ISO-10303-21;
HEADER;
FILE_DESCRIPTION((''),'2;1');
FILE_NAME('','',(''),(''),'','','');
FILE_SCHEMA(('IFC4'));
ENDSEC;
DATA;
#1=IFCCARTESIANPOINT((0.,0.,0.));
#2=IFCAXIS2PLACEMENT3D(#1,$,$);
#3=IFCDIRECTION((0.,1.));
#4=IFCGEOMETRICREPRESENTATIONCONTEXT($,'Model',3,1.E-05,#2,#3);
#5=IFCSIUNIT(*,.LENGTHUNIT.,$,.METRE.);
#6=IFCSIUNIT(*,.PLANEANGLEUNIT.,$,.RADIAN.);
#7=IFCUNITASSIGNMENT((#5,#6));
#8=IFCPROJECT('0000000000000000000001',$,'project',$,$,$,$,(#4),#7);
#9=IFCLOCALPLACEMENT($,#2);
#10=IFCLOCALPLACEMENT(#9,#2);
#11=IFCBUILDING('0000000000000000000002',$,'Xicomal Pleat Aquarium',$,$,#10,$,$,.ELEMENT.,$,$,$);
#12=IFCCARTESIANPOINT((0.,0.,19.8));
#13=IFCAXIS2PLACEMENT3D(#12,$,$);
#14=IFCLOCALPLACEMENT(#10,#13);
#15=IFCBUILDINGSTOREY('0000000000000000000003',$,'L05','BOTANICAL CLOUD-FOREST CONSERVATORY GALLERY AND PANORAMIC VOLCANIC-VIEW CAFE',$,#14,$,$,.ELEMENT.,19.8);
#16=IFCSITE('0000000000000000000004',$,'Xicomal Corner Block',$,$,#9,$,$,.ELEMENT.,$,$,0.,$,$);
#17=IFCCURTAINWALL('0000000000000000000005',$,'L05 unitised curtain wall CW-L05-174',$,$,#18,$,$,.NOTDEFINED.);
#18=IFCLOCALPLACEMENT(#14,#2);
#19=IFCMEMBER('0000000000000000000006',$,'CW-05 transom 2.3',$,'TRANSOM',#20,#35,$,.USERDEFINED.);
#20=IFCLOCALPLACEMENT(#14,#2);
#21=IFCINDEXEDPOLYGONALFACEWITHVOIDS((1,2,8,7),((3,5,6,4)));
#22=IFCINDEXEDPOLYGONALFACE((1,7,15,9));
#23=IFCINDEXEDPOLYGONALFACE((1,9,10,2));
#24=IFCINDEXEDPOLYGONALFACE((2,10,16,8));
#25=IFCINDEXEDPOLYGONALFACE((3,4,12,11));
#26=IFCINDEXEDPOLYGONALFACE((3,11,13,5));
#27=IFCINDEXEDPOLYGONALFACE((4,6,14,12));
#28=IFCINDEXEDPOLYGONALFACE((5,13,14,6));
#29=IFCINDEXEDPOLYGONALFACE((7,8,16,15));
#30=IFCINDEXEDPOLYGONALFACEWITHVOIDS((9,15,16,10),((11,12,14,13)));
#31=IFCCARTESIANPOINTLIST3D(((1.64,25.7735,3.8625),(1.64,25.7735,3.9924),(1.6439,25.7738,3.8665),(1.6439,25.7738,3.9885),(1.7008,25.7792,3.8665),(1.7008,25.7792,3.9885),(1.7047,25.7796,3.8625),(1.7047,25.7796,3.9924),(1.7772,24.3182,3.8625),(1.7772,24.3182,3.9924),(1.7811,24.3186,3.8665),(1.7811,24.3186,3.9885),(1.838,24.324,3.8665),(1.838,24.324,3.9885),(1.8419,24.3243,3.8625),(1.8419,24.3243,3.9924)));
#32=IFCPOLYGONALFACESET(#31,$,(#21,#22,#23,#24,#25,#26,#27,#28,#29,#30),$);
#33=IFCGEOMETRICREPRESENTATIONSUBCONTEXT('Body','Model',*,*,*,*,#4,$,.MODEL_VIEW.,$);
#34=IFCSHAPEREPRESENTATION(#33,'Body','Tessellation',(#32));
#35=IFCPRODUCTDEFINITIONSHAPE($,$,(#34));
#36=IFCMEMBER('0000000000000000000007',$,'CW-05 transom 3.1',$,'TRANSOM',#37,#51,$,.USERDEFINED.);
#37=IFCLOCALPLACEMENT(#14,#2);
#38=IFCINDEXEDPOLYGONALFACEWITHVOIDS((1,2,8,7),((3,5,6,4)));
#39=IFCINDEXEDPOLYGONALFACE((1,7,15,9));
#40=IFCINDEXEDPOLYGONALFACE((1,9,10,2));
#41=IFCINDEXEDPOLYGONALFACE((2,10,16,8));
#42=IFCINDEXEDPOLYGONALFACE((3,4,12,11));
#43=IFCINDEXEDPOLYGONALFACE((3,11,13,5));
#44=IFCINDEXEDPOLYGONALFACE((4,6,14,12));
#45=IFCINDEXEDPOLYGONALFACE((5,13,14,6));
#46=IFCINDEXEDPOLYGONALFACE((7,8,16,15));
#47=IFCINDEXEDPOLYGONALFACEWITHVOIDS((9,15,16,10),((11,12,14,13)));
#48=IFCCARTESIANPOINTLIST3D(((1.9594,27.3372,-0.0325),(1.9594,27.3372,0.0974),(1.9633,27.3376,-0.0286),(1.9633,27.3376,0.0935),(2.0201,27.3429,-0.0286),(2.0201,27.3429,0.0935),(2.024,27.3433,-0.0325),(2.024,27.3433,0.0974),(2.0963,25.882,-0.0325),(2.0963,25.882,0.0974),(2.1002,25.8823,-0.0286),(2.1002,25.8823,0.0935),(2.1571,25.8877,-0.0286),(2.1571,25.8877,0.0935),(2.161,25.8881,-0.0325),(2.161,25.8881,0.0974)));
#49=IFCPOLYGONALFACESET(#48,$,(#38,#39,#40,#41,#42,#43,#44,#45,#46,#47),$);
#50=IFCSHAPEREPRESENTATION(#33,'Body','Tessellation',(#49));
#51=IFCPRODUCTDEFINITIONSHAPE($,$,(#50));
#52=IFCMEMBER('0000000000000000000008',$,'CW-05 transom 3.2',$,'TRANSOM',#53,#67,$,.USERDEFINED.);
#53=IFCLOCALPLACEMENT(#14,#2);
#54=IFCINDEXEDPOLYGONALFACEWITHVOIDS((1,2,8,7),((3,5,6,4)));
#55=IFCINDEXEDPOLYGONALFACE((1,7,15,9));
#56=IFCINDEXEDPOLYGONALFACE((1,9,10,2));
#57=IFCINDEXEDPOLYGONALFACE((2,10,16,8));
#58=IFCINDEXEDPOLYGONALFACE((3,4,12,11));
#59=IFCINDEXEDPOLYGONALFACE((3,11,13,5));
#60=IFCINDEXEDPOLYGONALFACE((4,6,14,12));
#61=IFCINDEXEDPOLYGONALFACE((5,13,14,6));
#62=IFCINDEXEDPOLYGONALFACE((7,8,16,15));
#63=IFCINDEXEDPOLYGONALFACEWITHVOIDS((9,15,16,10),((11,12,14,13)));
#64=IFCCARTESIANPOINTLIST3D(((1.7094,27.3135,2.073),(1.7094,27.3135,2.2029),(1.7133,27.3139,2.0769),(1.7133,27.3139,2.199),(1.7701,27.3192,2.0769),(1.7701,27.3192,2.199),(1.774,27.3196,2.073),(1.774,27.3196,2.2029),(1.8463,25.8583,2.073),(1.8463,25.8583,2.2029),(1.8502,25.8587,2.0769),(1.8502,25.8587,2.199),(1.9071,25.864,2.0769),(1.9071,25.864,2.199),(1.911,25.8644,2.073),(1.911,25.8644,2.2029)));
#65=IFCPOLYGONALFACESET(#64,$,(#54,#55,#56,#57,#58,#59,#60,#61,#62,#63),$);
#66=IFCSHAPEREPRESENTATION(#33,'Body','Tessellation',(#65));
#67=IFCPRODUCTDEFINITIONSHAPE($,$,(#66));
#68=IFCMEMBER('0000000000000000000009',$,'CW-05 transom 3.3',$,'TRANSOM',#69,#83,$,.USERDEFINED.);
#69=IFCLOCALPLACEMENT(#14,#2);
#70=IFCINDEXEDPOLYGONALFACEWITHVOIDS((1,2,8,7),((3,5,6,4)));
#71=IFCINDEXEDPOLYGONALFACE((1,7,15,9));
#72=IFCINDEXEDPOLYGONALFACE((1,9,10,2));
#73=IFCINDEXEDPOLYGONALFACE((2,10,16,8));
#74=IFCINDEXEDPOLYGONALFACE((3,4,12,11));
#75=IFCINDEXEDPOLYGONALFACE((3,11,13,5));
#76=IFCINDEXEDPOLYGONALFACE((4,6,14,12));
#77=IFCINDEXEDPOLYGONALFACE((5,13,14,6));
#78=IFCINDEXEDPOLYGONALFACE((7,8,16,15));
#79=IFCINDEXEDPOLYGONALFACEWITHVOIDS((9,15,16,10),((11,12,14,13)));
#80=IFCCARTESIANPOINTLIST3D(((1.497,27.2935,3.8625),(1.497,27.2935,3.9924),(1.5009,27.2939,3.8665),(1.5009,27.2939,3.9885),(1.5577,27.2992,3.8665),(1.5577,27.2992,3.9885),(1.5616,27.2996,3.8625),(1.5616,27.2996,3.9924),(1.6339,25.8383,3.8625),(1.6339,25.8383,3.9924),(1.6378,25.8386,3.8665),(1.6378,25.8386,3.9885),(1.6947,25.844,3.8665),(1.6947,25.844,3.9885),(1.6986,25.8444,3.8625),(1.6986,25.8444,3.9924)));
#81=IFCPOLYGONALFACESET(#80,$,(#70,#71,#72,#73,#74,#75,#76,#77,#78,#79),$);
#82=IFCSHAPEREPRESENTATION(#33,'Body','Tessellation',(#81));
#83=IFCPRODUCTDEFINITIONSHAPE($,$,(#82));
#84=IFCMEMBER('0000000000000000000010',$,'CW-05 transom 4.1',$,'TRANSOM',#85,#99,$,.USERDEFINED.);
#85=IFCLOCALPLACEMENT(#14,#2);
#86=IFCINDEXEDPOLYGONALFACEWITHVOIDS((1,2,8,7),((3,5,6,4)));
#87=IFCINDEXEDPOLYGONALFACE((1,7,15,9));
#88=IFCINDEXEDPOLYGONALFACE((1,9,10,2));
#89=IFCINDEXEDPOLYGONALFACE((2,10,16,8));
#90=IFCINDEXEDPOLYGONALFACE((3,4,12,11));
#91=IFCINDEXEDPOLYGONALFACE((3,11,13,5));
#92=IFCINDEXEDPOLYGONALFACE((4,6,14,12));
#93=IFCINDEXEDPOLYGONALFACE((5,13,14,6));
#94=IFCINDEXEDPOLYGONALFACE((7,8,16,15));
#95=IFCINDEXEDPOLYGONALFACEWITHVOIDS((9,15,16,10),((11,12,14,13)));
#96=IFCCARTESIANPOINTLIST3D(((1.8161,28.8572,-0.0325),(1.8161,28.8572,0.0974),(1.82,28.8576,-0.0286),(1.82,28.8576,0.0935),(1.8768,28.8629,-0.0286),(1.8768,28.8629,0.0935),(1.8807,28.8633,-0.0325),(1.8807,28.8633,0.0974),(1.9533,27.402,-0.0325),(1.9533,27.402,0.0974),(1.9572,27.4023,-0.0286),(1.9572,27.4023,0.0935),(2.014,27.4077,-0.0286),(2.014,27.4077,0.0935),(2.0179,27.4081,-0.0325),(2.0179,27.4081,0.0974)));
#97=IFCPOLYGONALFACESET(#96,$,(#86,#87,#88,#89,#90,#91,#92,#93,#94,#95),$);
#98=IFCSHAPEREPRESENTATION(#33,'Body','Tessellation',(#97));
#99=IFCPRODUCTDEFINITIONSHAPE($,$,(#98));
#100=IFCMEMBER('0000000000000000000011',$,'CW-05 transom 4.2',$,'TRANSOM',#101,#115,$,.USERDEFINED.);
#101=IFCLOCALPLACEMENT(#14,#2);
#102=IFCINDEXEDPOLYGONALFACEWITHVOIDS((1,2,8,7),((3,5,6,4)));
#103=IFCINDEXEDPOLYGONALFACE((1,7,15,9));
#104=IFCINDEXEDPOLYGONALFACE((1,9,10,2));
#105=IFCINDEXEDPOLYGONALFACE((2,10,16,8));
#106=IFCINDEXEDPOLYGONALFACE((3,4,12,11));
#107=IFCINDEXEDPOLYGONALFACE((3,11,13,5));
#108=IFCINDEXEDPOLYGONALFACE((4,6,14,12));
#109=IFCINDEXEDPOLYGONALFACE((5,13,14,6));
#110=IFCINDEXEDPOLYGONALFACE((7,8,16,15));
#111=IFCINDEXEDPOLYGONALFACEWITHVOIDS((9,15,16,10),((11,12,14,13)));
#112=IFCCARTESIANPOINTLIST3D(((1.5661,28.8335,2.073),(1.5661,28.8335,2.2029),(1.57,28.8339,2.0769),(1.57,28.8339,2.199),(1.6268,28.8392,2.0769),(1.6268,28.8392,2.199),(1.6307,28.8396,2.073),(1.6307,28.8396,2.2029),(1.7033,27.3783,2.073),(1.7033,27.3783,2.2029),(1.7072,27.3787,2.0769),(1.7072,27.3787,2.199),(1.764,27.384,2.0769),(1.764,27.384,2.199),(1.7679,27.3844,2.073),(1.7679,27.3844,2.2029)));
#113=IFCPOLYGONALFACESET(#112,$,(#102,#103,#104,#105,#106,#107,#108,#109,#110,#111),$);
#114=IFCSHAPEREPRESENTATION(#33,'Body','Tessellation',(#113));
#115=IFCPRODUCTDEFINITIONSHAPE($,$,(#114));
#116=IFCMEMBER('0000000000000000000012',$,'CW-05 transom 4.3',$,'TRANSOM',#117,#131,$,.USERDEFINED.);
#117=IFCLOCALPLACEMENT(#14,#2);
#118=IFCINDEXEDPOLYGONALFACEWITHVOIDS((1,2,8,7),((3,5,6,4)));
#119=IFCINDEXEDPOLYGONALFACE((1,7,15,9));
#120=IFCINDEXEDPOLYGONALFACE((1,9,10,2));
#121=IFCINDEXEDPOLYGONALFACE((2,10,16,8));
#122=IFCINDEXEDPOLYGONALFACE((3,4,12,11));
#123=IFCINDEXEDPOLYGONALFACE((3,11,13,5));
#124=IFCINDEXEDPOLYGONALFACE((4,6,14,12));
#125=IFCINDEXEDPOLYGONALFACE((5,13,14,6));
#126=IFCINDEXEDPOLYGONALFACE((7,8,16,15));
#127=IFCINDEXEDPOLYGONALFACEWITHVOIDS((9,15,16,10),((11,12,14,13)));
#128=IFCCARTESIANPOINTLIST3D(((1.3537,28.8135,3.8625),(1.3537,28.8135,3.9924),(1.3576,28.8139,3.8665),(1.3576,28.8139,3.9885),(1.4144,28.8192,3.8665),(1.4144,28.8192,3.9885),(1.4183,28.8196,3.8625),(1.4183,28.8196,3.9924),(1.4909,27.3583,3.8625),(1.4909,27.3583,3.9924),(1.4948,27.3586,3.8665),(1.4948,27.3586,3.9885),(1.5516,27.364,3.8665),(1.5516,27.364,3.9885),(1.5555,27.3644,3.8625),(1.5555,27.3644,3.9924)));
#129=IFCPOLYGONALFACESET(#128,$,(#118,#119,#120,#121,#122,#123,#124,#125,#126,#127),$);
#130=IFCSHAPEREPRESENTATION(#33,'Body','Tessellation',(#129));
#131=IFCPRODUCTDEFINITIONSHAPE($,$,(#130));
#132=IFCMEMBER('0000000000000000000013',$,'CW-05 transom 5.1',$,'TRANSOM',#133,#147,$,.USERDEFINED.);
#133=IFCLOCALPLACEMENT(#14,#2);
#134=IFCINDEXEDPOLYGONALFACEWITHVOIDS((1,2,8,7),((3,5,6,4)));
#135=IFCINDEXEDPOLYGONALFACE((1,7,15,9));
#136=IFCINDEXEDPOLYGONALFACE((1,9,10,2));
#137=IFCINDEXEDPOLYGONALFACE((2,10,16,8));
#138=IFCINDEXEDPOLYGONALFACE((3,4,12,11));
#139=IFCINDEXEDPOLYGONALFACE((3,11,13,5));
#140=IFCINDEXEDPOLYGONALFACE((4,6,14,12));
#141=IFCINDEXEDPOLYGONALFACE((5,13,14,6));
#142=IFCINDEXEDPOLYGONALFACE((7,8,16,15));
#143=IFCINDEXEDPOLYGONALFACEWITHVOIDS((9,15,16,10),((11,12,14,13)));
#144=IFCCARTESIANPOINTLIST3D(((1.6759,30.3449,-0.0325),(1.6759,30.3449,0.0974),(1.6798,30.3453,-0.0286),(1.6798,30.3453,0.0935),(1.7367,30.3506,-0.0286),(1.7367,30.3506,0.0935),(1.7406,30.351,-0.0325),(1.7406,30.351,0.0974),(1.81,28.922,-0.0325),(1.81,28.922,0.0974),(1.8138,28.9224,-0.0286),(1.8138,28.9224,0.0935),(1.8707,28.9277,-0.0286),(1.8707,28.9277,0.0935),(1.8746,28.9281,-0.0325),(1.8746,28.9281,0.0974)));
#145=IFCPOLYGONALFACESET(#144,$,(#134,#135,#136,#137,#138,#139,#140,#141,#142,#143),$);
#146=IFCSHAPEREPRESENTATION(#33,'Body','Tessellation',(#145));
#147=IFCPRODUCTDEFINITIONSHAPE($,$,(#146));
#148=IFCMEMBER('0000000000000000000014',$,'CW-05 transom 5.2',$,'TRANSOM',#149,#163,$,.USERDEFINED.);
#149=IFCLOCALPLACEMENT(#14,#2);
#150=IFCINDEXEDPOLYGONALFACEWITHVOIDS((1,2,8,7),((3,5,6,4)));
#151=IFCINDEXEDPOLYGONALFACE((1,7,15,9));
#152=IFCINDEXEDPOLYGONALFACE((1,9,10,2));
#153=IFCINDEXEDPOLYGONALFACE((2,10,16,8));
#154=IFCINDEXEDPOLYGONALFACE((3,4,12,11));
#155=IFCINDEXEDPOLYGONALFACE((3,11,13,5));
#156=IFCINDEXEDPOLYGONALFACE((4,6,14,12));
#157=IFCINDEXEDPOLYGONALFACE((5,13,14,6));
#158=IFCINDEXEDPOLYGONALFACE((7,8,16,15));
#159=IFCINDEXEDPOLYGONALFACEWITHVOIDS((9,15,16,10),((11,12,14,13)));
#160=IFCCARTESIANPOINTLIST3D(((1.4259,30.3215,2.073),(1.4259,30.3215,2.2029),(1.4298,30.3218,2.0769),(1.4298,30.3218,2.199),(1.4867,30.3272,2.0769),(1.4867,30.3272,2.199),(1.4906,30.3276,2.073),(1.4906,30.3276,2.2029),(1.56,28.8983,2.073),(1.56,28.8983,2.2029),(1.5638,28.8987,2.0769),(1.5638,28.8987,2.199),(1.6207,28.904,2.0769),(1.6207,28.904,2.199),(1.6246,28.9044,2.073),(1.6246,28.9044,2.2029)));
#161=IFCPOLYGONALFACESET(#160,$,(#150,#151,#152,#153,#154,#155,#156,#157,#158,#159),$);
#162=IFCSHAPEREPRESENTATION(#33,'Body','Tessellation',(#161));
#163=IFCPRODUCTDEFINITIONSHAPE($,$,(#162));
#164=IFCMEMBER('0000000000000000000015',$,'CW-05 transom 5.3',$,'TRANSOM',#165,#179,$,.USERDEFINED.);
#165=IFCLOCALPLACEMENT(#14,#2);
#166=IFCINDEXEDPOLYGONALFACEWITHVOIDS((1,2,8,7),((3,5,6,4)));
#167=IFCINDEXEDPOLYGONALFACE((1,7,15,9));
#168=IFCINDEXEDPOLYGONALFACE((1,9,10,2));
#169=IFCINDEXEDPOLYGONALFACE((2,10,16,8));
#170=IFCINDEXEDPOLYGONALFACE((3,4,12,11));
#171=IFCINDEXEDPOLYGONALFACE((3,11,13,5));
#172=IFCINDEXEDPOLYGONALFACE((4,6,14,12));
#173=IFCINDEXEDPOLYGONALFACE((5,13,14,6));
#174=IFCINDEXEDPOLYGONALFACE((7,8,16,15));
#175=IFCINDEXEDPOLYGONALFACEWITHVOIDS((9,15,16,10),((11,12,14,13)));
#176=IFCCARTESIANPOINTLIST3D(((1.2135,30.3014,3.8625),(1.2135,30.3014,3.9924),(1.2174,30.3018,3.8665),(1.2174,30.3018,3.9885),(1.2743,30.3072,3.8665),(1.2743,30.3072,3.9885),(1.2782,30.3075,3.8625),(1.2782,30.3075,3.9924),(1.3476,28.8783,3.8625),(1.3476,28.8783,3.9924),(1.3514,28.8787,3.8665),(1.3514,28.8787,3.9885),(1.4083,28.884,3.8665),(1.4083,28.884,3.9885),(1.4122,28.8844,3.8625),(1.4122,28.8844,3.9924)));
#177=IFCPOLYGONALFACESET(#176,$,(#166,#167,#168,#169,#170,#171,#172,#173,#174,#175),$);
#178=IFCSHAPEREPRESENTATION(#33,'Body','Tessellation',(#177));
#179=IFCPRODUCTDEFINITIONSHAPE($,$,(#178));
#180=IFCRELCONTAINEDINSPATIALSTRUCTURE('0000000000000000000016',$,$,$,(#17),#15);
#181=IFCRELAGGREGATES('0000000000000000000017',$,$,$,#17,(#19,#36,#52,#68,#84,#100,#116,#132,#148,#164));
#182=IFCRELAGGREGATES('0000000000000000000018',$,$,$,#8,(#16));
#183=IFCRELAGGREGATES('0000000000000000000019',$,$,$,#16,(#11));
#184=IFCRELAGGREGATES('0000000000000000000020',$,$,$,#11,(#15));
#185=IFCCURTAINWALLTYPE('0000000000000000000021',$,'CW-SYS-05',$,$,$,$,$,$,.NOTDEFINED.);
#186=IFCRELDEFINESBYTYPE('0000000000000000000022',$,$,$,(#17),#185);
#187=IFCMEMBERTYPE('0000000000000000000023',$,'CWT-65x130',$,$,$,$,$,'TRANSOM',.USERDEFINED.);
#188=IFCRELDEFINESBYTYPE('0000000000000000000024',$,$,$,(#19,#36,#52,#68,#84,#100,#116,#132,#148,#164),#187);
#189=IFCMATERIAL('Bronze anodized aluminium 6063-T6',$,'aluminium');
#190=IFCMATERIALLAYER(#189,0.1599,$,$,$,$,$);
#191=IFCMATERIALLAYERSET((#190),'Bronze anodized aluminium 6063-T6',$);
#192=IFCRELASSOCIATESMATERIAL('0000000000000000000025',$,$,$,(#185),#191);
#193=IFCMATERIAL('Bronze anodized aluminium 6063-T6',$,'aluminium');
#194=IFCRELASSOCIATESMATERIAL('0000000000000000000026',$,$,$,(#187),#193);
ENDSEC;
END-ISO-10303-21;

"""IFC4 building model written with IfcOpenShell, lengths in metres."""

from ifc_helpers import new_model, si_unit, direction, frame, origin, origin_2d, place, context, subcontext, project, spatial, hollow_rectangle, extrude, material, layer, layer_set, material_profile, profile_set, type_object, element, aggregate, save


model = new_model("IFC4")

# Units and contexts
model_context = context("Model", 3, precision=1e-05, world=origin(), true_north=direction((0.0, 1.0)))
body_context = subcontext(model_context, "Body", "Model", "MODEL_VIEW")
ifc_project = project(units=[si_unit("LENGTHUNIT", "METRE"), si_unit("PLANEANGLEUNIT", "RADIAN")], contexts=[model_context])

# Site, building, storey
site_placement = place(None, origin())
site = spatial("IfcSite", under=ifc_project, at=site_placement, Name="Xicomal Corner Block", CompositionType="ELEMENT", RefElevation=0.0)
building_placement = place(site_placement, origin())
building = spatial("IfcBuilding", under=site, at=building_placement, Name="Xicomal Pleat Aquarium", CompositionType="ELEMENT")
storey_placement = place(building_placement, frame((0.0, 0.0, 19.8)))
storey = spatial("IfcBuildingStorey", under=building, at=storey_placement, Name="L05", Description="BOTANICAL CLOUD-FOREST CONSERVATORY GALLERY AND PANORAMIC VOLCANIC-VIEW CAFE", CompositionType="ELEMENT", Elevation=19.8)

# Curtain wall, members
ifc_material_1 = material(Name="Bronze anodized aluminium 6063-T6", Category="aluminium")
ifc_layer_1 = layer(ifc_material_1, 0.1599)
ifc_layer_set_1 = layer_set([ifc_layer_1], Name="Bronze anodized aluminium 6063-T6")
curtain_wall_type_1 = type_object("IfcCurtainWallType", Name="CW-SYS-05", PredefinedType="NOTDEFINED", material=ifc_layer_set_1)
curtain_wall_1_placement = place(storey_placement, origin())
curtain_wall_1 = element("IfcCurtainWall", 1, at=curtain_wall_1_placement, inside=storey, type_object=curtain_wall_type_1, Name="L05 unitised curtain wall CW-L05-174", PredefinedType="NOTDEFINED")
ifc_material_2 = material(Name="Bronze anodized aluminium 6063-T6", Category="aluminium")
ifc_material_profile_1 = material_profile(ifc_material_2, hollow_rectangle(XDim=0.0649, YDim=0.1299, WallThickness=0.0039, at=origin_2d()), Name="ALU TRAN 65x130")
ifc_profile_set_1 = profile_set([ifc_material_profile_1], Name="Bronze anodized aluminium 6063-T6")
member_type_1 = type_object("IfcMemberType", Name="CWT-65x130", ElementType="TRANSOM", PredefinedType="USERDEFINED", material=ifc_profile_set_1)
member_1_placement = place(storey_placement, frame((1.8096, 24.3213, 3.9275), z_axis=(-0.093863, 0.995585, 0.0), x_axis=(-0.995585, -0.093863, 0.0)))
member_1 = element("IfcMember", 2, at=member_1_placement, type_object=member_type_1, Name="CW-05 transom 2.3", ObjectType="TRANSOM", PredefinedType="USERDEFINED", context=body_context, shape_type="SweptSolid", body=[
    extrude(hollow_rectangle(XDim=0.0649, YDim=0.1299, WallThickness=0.0039, at=origin_2d()), origin(), (0.0, 0.0, 1.0), 1.4617),
])
member_2_placement = place(storey_placement, frame((2.1287, 25.885, 0.0325), z_axis=(-0.093698, 0.995601, 0.0), x_axis=(-0.995601, -0.093698, 0.0)))
member_2 = element("IfcMember", 3, at=member_2_placement, type_object=member_type_1, Name="CW-05 transom 3.1", ObjectType="TRANSOM", PredefinedType="USERDEFINED", context=body_context, shape_type="SweptSolid", body=[
    extrude(hollow_rectangle(XDim=0.0649, YDim=0.1299, WallThickness=0.0039, at=origin_2d()), origin(), (0.0, 0.0, 1.0), 1.4617),
])
member_3_placement = place(storey_placement, frame((1.8787, 25.8613, 2.1379), z_axis=(-0.093698, 0.995601, 0.0), x_axis=(-0.995601, -0.093698, 0.0)))
member_3 = element("IfcMember", 4, at=member_3_placement, type_object=member_type_1, Name="CW-05 transom 3.2", ObjectType="TRANSOM", PredefinedType="USERDEFINED", context=body_context, shape_type="SweptSolid", body=[
    extrude(hollow_rectangle(XDim=0.0649, YDim=0.1299, WallThickness=0.0039, at=origin_2d()), origin(), (0.0, 0.0, 1.0), 1.4617),
])
member_4_placement = place(storey_placement, frame((1.6663, 25.8413, 3.9275), z_axis=(-0.093698, 0.995601, 0.0), x_axis=(-0.995601, -0.093698, 0.0)))
member_4 = element("IfcMember", 5, at=member_4_placement, type_object=member_type_1, Name="CW-05 transom 3.3", ObjectType="TRANSOM", PredefinedType="USERDEFINED", context=body_context, shape_type="SweptSolid", body=[
    extrude(hollow_rectangle(XDim=0.0649, YDim=0.1299, WallThickness=0.0039, at=origin_2d()), origin(), (0.0, 0.0, 1.0), 1.4617),
])
member_5_placement = place(storey_placement, frame((1.9856, 27.405, 0.0325), z_axis=(-0.093863, 0.995585, 0.0), x_axis=(-0.995585, -0.093863, 0.0)))
member_5 = element("IfcMember", 6, at=member_5_placement, type_object=member_type_1, Name="CW-05 transom 4.1", ObjectType="TRANSOM", PredefinedType="USERDEFINED", context=body_context, shape_type="SweptSolid", body=[
    extrude(hollow_rectangle(XDim=0.0649, YDim=0.1299, WallThickness=0.0039, at=origin_2d()), origin(), (0.0, 0.0, 1.0), 1.4617),
])
member_6_placement = place(storey_placement, frame((1.7356, 27.3813, 2.1379), z_axis=(-0.093863, 0.995585, 0.0), x_axis=(-0.995585, -0.093863, 0.0)))
member_6 = element("IfcMember", 7, at=member_6_placement, type_object=member_type_1, Name="CW-05 transom 4.2", ObjectType="TRANSOM", PredefinedType="USERDEFINED", context=body_context, shape_type="SweptSolid", body=[
    extrude(hollow_rectangle(XDim=0.0649, YDim=0.1299, WallThickness=0.0039, at=origin_2d()), origin(), (0.0, 0.0, 1.0), 1.4617),
])
member_7_placement = place(storey_placement, frame((1.5232, 27.3613, 3.9275), z_axis=(-0.093863, 0.995585, 0.0), x_axis=(-0.995585, -0.093863, 0.0)))
member_7 = element("IfcMember", 8, at=member_7_placement, type_object=member_type_1, Name="CW-05 transom 4.3", ObjectType="TRANSOM", PredefinedType="USERDEFINED", context=body_context, shape_type="SweptSolid", body=[
    extrude(hollow_rectangle(XDim=0.0649, YDim=0.1299, WallThickness=0.0039, at=origin_2d()), origin(), (0.0, 0.0, 1.0), 1.4617),
])
member_8_placement = place(storey_placement, frame((1.8423, 28.925, 0.0325), z_axis=(-0.093785, 0.995592, 0.0), x_axis=(-0.995592, -0.093785, 0.0)))
member_8 = element("IfcMember", 9, at=member_8_placement, type_object=member_type_1, Name="CW-05 transom 5.1", ObjectType="TRANSOM", PredefinedType="USERDEFINED", context=body_context, shape_type="SweptSolid", body=[
    extrude(hollow_rectangle(XDim=0.0649, YDim=0.1299, WallThickness=0.0039, at=origin_2d()), origin(), (0.0, 0.0, 1.0), 1.4292),
])
member_9_placement = place(storey_placement, frame((1.5923, 28.9014, 2.1379), z_axis=(-0.093769, 0.995594, 0.0), x_axis=(-0.995594, -0.093769, 0.0)))
member_9 = element("IfcMember", 10, at=member_9_placement, type_object=member_type_1, Name="CW-05 transom 5.2", ObjectType="TRANSOM", PredefinedType="USERDEFINED", context=body_context, shape_type="SweptSolid", body=[
    extrude(hollow_rectangle(XDim=0.0649, YDim=0.1299, WallThickness=0.0039, at=origin_2d()), origin(), (0.0, 0.0, 1.0), 1.4294),
])
member_10_placement = place(storey_placement, frame((1.3799, 28.8813, 3.9275), z_axis=(-0.093769, 0.995594, 0.0), x_axis=(-0.995594, -0.093769, 0.0)))
member_10 = element("IfcMember", 11, at=member_10_placement, type_object=member_type_1, Name="CW-05 transom 5.3", ObjectType="TRANSOM", PredefinedType="USERDEFINED", context=body_context, shape_type="SweptSolid", body=[
    extrude(hollow_rectangle(XDim=0.0649, YDim=0.1299, WallThickness=0.0039, at=origin_2d()), origin(), (0.0, 0.0, 1.0), 1.4294),
])

aggregate(curtain_wall_1, [member_1, member_2, member_3, member_4, member_5, member_6, member_7, member_8, member_9, member_10])

save(model, "model.ifc")
